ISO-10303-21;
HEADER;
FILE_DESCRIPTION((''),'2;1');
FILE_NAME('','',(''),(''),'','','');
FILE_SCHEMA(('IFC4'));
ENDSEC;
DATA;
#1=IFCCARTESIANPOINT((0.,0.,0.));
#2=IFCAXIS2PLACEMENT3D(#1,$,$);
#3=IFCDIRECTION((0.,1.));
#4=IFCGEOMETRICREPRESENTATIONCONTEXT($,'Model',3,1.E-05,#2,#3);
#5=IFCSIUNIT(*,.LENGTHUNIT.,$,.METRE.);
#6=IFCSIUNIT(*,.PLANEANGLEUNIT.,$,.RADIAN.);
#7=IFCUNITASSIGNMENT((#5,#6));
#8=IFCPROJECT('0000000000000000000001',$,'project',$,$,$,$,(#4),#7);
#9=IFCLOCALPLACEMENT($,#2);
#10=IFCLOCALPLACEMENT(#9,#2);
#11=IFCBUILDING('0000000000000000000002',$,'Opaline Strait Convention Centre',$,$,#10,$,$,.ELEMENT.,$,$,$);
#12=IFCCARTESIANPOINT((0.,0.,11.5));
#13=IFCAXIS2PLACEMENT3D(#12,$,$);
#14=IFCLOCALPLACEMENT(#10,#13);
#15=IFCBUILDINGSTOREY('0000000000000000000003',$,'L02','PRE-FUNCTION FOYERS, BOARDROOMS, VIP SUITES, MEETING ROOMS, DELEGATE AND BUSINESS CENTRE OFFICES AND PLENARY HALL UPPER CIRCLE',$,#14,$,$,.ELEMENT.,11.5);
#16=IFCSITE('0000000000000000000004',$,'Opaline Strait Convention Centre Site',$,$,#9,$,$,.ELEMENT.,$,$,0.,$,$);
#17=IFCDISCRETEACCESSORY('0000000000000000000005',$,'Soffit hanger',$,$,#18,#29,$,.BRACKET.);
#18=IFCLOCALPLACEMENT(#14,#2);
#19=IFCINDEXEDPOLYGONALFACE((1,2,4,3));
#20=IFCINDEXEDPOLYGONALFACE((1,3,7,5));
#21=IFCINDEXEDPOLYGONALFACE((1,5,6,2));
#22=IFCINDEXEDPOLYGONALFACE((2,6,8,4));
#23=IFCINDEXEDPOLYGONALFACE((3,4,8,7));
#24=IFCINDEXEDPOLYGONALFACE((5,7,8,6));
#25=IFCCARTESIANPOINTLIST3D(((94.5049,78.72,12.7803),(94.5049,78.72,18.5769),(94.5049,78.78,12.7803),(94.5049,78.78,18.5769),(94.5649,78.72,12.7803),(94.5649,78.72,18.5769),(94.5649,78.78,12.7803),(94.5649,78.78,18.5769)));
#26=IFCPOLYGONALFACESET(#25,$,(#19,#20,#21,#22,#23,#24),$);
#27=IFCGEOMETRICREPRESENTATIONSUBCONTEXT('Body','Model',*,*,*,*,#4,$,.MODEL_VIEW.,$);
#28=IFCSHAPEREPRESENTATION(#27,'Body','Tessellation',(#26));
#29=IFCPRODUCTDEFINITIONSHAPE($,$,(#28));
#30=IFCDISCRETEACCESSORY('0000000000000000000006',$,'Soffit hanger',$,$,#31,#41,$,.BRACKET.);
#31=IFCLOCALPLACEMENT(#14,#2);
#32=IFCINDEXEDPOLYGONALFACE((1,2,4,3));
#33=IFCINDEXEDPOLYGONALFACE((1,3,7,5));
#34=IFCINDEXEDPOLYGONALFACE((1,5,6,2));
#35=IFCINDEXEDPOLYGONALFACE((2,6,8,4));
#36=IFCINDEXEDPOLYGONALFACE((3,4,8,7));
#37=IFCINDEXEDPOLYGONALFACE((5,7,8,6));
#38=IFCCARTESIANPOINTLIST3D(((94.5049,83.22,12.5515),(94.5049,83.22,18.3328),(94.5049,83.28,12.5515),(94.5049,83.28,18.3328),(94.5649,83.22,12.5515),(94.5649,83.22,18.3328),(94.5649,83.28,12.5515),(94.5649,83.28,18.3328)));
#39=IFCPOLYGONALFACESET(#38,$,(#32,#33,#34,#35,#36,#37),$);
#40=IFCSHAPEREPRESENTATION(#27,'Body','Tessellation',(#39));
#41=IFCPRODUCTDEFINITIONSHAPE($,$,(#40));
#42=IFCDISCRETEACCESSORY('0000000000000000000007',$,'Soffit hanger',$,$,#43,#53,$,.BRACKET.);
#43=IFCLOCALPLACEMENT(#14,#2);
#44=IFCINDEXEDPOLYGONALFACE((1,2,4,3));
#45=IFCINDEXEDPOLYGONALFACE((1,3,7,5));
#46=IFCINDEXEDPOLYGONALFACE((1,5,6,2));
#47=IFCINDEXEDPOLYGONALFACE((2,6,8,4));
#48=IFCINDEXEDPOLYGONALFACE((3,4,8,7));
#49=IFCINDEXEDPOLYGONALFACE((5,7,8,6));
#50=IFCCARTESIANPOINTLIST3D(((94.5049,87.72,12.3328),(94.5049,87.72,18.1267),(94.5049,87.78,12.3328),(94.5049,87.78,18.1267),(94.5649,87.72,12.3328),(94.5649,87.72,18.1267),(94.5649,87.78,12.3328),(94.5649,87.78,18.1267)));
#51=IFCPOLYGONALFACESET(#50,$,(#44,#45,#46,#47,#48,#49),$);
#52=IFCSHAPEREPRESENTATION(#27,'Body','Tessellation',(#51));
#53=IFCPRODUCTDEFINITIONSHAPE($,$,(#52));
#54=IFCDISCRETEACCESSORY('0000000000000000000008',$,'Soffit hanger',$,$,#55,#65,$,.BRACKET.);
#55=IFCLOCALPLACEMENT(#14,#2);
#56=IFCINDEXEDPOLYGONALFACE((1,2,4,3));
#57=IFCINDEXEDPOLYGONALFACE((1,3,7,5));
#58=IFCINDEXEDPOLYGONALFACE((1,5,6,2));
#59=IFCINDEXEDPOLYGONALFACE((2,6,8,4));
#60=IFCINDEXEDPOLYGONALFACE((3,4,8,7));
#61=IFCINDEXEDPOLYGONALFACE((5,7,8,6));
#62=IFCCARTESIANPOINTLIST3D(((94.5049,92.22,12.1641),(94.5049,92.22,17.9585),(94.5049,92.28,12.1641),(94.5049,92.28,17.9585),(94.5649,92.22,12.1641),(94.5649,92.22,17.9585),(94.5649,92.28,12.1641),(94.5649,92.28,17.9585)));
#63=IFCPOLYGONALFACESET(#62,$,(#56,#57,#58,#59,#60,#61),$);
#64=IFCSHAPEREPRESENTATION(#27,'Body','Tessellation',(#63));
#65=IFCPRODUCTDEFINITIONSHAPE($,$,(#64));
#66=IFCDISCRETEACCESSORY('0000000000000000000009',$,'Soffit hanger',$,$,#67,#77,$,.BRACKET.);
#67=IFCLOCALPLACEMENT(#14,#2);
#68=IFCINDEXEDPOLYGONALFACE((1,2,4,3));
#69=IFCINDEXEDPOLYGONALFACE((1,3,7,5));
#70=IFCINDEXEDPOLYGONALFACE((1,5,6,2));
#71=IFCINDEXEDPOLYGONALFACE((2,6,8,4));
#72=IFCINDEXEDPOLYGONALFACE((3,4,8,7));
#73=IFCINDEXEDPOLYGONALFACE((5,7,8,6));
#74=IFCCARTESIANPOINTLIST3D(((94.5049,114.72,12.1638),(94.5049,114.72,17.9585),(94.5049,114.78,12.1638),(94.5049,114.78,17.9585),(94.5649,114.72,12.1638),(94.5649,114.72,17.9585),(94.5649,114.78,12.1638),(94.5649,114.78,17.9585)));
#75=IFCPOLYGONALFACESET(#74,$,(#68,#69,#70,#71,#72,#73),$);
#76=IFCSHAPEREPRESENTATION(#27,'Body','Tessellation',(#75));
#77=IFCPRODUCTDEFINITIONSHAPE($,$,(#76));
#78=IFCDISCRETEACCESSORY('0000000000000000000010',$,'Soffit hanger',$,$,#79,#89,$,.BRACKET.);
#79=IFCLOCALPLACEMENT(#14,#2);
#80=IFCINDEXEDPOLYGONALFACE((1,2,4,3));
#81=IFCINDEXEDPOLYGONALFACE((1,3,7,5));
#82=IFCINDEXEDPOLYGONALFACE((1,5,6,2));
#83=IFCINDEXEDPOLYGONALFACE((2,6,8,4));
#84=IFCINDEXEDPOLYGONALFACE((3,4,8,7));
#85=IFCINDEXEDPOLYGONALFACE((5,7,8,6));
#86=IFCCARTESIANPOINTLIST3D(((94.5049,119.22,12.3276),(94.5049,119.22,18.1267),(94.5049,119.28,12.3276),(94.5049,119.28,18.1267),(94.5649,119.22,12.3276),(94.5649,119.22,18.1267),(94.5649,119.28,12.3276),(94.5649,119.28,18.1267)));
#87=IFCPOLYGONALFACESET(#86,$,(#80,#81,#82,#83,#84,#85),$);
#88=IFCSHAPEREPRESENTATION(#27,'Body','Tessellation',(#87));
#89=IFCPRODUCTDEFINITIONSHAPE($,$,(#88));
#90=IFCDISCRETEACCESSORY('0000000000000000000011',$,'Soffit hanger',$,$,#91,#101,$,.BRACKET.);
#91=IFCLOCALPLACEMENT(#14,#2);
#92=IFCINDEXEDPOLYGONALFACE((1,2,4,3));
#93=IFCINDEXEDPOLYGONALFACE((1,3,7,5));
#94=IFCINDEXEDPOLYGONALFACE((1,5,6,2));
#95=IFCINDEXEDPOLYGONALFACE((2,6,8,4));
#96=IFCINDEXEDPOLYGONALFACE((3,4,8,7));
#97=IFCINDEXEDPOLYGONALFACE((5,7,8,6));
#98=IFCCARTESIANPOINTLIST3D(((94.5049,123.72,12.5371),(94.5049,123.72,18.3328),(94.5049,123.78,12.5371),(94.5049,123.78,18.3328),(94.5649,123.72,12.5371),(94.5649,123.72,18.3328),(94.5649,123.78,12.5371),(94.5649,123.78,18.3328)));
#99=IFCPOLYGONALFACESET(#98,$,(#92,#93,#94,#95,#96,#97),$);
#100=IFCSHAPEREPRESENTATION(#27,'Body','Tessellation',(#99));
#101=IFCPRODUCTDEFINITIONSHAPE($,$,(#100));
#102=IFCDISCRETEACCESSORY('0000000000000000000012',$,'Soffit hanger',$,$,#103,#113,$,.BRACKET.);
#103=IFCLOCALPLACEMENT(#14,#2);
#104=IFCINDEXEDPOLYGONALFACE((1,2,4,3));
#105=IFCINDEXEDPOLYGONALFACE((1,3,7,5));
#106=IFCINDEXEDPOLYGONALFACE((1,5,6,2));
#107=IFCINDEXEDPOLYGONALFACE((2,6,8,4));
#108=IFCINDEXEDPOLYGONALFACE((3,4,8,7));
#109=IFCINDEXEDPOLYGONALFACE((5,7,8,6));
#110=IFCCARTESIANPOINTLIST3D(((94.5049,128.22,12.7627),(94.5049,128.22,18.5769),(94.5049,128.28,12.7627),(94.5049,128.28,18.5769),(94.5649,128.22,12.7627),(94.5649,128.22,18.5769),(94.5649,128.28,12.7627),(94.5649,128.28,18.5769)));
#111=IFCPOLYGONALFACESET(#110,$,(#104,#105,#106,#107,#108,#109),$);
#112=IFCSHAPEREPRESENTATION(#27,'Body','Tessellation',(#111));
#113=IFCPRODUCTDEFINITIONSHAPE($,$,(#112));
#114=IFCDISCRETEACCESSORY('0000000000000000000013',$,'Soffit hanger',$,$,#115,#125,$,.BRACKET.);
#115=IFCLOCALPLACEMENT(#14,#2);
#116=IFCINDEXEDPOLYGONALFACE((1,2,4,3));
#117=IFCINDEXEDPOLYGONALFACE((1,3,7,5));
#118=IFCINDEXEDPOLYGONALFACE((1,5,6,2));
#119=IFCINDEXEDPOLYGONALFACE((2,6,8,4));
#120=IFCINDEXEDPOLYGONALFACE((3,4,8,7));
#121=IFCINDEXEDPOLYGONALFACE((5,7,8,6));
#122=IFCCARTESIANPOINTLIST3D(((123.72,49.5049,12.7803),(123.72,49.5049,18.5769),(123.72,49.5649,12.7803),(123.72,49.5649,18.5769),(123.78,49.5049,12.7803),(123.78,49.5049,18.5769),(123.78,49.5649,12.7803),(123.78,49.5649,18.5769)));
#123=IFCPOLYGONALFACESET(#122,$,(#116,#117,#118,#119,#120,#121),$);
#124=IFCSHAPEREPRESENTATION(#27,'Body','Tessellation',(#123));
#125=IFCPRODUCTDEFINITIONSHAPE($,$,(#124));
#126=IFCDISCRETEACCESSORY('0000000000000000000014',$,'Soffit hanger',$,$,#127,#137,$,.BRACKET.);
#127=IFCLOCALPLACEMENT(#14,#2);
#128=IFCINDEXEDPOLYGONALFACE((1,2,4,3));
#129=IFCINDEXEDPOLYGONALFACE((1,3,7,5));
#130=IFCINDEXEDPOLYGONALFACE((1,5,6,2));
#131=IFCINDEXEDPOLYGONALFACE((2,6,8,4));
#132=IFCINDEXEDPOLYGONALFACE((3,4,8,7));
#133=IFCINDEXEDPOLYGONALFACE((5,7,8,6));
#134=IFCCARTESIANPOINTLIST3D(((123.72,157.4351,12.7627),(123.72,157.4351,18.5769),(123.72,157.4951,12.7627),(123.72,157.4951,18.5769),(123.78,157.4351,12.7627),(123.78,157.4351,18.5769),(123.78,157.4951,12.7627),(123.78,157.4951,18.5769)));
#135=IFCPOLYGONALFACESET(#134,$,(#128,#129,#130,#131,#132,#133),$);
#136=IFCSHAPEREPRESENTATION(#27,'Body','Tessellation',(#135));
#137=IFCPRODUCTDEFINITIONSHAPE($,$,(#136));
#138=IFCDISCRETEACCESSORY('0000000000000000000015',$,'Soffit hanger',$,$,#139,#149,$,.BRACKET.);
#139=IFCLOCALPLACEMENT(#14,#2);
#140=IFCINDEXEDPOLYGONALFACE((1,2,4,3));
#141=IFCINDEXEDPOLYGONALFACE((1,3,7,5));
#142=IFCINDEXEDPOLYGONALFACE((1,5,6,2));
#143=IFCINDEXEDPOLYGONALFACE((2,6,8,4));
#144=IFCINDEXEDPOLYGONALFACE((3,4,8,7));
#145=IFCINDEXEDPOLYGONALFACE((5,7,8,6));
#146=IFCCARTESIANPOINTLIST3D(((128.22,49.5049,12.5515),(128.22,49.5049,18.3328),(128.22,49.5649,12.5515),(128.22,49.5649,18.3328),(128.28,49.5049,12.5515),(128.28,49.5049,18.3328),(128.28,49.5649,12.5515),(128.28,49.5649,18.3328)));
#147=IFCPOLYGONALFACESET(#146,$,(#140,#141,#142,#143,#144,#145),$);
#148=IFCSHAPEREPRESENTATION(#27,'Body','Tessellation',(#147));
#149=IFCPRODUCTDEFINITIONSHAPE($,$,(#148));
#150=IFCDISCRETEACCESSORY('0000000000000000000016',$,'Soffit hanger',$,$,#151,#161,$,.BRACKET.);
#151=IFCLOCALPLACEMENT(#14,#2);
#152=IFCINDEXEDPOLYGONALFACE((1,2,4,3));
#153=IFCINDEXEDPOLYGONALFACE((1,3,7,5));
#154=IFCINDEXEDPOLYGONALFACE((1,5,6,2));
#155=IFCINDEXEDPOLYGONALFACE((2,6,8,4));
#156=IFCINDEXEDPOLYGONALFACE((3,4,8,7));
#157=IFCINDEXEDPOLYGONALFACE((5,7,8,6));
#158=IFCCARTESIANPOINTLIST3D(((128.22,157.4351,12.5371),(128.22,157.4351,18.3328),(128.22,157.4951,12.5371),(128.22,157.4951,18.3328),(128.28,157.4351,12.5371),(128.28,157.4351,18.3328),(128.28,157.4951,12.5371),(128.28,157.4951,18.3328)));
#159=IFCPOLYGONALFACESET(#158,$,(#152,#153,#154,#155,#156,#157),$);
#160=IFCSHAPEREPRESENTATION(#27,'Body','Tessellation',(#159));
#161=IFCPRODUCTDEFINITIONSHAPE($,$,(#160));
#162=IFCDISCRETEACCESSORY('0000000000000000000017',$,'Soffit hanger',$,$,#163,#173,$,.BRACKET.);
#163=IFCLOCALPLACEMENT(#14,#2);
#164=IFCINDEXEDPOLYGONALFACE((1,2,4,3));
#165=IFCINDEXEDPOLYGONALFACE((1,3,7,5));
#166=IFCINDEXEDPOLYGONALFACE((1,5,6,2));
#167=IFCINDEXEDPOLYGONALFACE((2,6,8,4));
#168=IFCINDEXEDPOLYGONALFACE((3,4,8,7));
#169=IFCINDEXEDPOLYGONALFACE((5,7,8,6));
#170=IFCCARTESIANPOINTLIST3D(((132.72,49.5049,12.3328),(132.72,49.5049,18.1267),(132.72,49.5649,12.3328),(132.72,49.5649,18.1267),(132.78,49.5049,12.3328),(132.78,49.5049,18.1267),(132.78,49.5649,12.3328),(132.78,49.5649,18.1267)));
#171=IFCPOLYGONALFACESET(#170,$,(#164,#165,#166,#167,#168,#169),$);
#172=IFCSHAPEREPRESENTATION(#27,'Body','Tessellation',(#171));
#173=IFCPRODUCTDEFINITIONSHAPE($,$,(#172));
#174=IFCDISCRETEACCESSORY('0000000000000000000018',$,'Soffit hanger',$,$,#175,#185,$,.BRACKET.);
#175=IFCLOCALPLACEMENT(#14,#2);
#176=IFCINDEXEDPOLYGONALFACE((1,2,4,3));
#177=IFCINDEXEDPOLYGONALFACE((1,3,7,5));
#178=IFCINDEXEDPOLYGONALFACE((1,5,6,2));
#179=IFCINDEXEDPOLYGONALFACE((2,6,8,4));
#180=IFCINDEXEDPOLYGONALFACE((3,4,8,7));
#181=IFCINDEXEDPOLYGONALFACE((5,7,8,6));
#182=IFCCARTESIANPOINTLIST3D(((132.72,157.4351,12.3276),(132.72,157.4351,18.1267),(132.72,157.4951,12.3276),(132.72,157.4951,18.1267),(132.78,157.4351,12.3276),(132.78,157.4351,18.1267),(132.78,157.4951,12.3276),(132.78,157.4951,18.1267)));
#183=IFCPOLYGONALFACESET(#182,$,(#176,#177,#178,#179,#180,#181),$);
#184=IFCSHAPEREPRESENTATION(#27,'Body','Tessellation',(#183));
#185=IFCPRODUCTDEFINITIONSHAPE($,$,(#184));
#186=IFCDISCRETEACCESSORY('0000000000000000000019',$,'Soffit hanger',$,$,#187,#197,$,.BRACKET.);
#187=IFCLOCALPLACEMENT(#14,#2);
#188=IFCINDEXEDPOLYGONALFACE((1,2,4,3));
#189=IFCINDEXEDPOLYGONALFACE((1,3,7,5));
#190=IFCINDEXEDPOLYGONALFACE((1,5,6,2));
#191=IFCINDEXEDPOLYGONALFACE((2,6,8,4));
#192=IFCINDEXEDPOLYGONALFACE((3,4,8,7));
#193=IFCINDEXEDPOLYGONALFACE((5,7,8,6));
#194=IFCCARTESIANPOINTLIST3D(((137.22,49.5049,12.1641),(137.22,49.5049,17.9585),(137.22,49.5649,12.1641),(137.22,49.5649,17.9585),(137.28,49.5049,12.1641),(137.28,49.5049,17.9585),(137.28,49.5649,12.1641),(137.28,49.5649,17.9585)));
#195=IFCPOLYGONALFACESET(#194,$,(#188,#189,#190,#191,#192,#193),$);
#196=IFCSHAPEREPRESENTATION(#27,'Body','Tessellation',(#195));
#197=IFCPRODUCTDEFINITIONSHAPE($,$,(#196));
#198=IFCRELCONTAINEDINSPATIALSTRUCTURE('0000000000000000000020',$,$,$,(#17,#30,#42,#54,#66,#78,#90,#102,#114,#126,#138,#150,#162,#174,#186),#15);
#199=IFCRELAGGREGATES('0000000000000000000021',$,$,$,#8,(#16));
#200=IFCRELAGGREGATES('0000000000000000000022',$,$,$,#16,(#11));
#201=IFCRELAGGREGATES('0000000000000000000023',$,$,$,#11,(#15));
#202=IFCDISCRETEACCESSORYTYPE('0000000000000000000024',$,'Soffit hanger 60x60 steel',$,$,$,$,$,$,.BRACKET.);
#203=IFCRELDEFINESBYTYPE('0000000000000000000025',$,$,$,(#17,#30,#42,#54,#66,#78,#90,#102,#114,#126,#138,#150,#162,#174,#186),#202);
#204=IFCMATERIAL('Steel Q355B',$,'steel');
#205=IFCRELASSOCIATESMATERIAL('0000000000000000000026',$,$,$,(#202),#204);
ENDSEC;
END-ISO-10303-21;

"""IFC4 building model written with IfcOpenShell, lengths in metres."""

from ifc_helpers import new_model, si_unit, direction, frame, origin, place, context, subcontext, project, spatial, polyline, outline, extrude, material, type_object, element, save


model = new_model("IFC4")

# Units and contexts
model_context = context("Model", 3, precision=1e-05, world=origin(), true_north=direction((0.0, 1.0)))
body_context = subcontext(model_context, "Body", "Model", "MODEL_VIEW")
ifc_project = project(units=[si_unit("LENGTHUNIT", "METRE"), si_unit("PLANEANGLEUNIT", "RADIAN")], contexts=[model_context])

# Site, building, storey
site_placement = place(None, origin())
site = spatial("IfcSite", under=ifc_project, at=site_placement, Name="Opaline Strait Convention Centre Site", CompositionType="ELEMENT", RefElevation=0.0)
building_placement = place(site_placement, origin())
building = spatial("IfcBuilding", under=site, at=building_placement, Name="Opaline Strait Convention Centre", CompositionType="ELEMENT")
storey_placement = place(building_placement, frame((0.0, 0.0, 11.5)))
storey = spatial("IfcBuildingStorey", under=building, at=storey_placement, Name="L02", Description="PRE-FUNCTION FOYERS, BOARDROOMS, VIP SUITES, MEETING ROOMS, DELEGATE AND BUSINESS CENTRE OFFICES AND PLENARY HALL UPPER CIRCLE", CompositionType="ELEMENT", Elevation=11.5)

# Discrete accessories
ifc_material = material(Name="Steel Q355B", Category="steel")
discrete_accessory_type = type_object("IfcDiscreteAccessoryType", Name="Soffit hanger 60x60 steel", PredefinedType="BRACKET", material=ifc_material)
discrete_accessory_1_placement = place(storey_placement, frame((0.0, 0.0, 12.7803)))
element("IfcDiscreteAccessory", 1, at=discrete_accessory_1_placement, inside=storey, type_object=discrete_accessory_type, Name="Soffit hanger", PredefinedType="BRACKET", context=body_context, shape_type="SweptSolid", body=[
    extrude(outline(polyline([(94.5049, 78.72), (94.5649, 78.72), (94.5649, 78.78), (94.5049, 78.78), (94.5049, 78.72)])), origin(), (0.0, 0.0, 1.0), 5.7966),
])
discrete_accessory_2_placement = place(storey_placement, frame((0.0, 0.0, 12.5515)))
element("IfcDiscreteAccessory", 2, at=discrete_accessory_2_placement, inside=storey, type_object=discrete_accessory_type, Name="Soffit hanger", PredefinedType="BRACKET", context=body_context, shape_type="SweptSolid", body=[
    extrude(outline(polyline([(94.5049, 83.22), (94.5649, 83.22), (94.5649, 83.28), (94.5049, 83.28), (94.5049, 83.22)])), origin(), (0.0, 0.0, 1.0), 5.7812),
])
discrete_accessory_3_placement = place(storey_placement, frame((0.0, 0.0, 12.3328)))
element("IfcDiscreteAccessory", 3, at=discrete_accessory_3_placement, inside=storey, type_object=discrete_accessory_type, Name="Soffit hanger", PredefinedType="BRACKET", context=body_context, shape_type="SweptSolid", body=[
    extrude(outline(polyline([(94.5049, 87.72), (94.5649, 87.72), (94.5649, 87.78), (94.5049, 87.78), (94.5049, 87.72)])), origin(), (0.0, 0.0, 1.0), 5.7939),
])
discrete_accessory_4_placement = place(storey_placement, frame((0.0, 0.0, 12.1641)))
element("IfcDiscreteAccessory", 4, at=discrete_accessory_4_placement, inside=storey, type_object=discrete_accessory_type, Name="Soffit hanger", PredefinedType="BRACKET", context=body_context, shape_type="SweptSolid", body=[
    extrude(outline(polyline([(94.5049, 92.22), (94.5649, 92.22), (94.5649, 92.28), (94.5049, 92.28), (94.5049, 92.22)])), origin(), (0.0, 0.0, 1.0), 5.7944),
])
discrete_accessory_5_placement = place(storey_placement, frame((0.0, 0.0, 12.1638)))
element("IfcDiscreteAccessory", 5, at=discrete_accessory_5_placement, inside=storey, type_object=discrete_accessory_type, Name="Soffit hanger", PredefinedType="BRACKET", context=body_context, shape_type="SweptSolid", body=[
    extrude(outline(polyline([(94.5049, 114.72), (94.5649, 114.72), (94.5649, 114.78), (94.5049, 114.78), (94.5049, 114.72)])), origin(), (0.0, 0.0, 1.0), 5.7947),
])
discrete_accessory_6_placement = place(storey_placement, frame((0.0, 0.0, 12.3276)))
element("IfcDiscreteAccessory", 6, at=discrete_accessory_6_placement, inside=storey, type_object=discrete_accessory_type, Name="Soffit hanger", PredefinedType="BRACKET", context=body_context, shape_type="SweptSolid", body=[
    extrude(outline(polyline([(94.5049, 119.22), (94.5649, 119.22), (94.5649, 119.28), (94.5049, 119.28), (94.5049, 119.22)])), origin(), (0.0, 0.0, 1.0), 5.7991),
])
discrete_accessory_7_placement = place(storey_placement, frame((0.0, 0.0, 12.5371)))
element("IfcDiscreteAccessory", 7, at=discrete_accessory_7_placement, inside=storey, type_object=discrete_accessory_type, Name="Soffit hanger", PredefinedType="BRACKET", context=body_context, shape_type="SweptSolid", body=[
    extrude(outline(polyline([(94.5049, 123.72), (94.5649, 123.72), (94.5649, 123.78), (94.5049, 123.78), (94.5049, 123.72)])), origin(), (0.0, 0.0, 1.0), 5.7957),
])
discrete_accessory_8_placement = place(storey_placement, frame((0.0, 0.0, 12.7627)))
element("IfcDiscreteAccessory", 8, at=discrete_accessory_8_placement, inside=storey, type_object=discrete_accessory_type, Name="Soffit hanger", PredefinedType="BRACKET", context=body_context, shape_type="SweptSolid", body=[
    extrude(outline(polyline([(94.5049, 128.22), (94.5649, 128.22), (94.5649, 128.28), (94.5049, 128.28), (94.5049, 128.22)])), origin(), (0.0, 0.0, 1.0), 5.8142),
])
discrete_accessory_9_placement = place(storey_placement, frame((0.0, 0.0, 12.7803)))
element("IfcDiscreteAccessory", 9, at=discrete_accessory_9_placement, inside=storey, type_object=discrete_accessory_type, Name="Soffit hanger", PredefinedType="BRACKET", context=body_context, shape_type="SweptSolid", body=[
    extrude(outline(polyline([(123.72, 49.5049), (123.78, 49.5049), (123.78, 49.5649), (123.72, 49.5649), (123.72, 49.5049)])), origin(), (0.0, 0.0, 1.0), 5.7966),
])
discrete_accessory_10_placement = place(storey_placement, frame((0.0, 0.0, 12.7627)))
element("IfcDiscreteAccessory", 10, at=discrete_accessory_10_placement, inside=storey, type_object=discrete_accessory_type, Name="Soffit hanger", PredefinedType="BRACKET", context=body_context, shape_type="SweptSolid", body=[
    extrude(outline(polyline([(123.72, 157.4351), (123.78, 157.4351), (123.78, 157.4951), (123.72, 157.4951), (123.72, 157.4351)])), origin(), (0.0, 0.0, 1.0), 5.8142),
])
discrete_accessory_11_placement = place(storey_placement, frame((0.0, 0.0, 12.5515)))
element("IfcDiscreteAccessory", 11, at=discrete_accessory_11_placement, inside=storey, type_object=discrete_accessory_type, Name="Soffit hanger", PredefinedType="BRACKET", context=body_context, shape_type="SweptSolid", body=[
    extrude(outline(polyline([(128.22, 49.5049), (128.28, 49.5049), (128.28, 49.5649), (128.22, 49.5649), (128.22, 49.5049)])), origin(), (0.0, 0.0, 1.0), 5.7812),
])
discrete_accessory_12_placement = place(storey_placement, frame((0.0, 0.0, 12.5371)))
element("IfcDiscreteAccessory", 12, at=discrete_accessory_12_placement, inside=storey, type_object=discrete_accessory_type, Name="Soffit hanger", PredefinedType="BRACKET", context=body_context, shape_type="SweptSolid", body=[
    extrude(outline(polyline([(128.22, 157.4351), (128.28, 157.4351), (128.28, 157.4951), (128.22, 157.4951), (128.22, 157.4351)])), origin(), (0.0, 0.0, 1.0), 5.7957),
])
discrete_accessory_13_placement = place(storey_placement, frame((0.0, 0.0, 12.3328)))
element("IfcDiscreteAccessory", 13, at=discrete_accessory_13_placement, inside=storey, type_object=discrete_accessory_type, Name="Soffit hanger", PredefinedType="BRACKET", context=body_context, shape_type="SweptSolid", body=[
    extrude(outline(polyline([(132.72, 49.5049), (132.78, 49.5049), (132.78, 49.5649), (132.72, 49.5649), (132.72, 49.5049)])), origin(), (0.0, 0.0, 1.0), 5.7939),
])
discrete_accessory_14_placement = place(storey_placement, frame((0.0, 0.0, 12.3276)))
element("IfcDiscreteAccessory", 14, at=discrete_accessory_14_placement, inside=storey, type_object=discrete_accessory_type, Name="Soffit hanger", PredefinedType="BRACKET", context=body_context, shape_type="SweptSolid", body=[
    extrude(outline(polyline([(132.72, 157.4351), (132.78, 157.4351), (132.78, 157.4951), (132.72, 157.4951), (132.72, 157.4351)])), origin(), (0.0, 0.0, 1.0), 5.7991),
])
discrete_accessory_15_placement = place(storey_placement, frame((0.0, 0.0, 12.1641)))
element("IfcDiscreteAccessory", 15, at=discrete_accessory_15_placement, inside=storey, type_object=discrete_accessory_type, Name="Soffit hanger", PredefinedType="BRACKET", context=body_context, shape_type="SweptSolid", body=[
    extrude(outline(polyline([(137.22, 49.5049), (137.28, 49.5049), (137.28, 49.5649), (137.22, 49.5649), (137.22, 49.5049)])), origin(), (0.0, 0.0, 1.0), 5.7944),
])

save(model, "model.ifc")
